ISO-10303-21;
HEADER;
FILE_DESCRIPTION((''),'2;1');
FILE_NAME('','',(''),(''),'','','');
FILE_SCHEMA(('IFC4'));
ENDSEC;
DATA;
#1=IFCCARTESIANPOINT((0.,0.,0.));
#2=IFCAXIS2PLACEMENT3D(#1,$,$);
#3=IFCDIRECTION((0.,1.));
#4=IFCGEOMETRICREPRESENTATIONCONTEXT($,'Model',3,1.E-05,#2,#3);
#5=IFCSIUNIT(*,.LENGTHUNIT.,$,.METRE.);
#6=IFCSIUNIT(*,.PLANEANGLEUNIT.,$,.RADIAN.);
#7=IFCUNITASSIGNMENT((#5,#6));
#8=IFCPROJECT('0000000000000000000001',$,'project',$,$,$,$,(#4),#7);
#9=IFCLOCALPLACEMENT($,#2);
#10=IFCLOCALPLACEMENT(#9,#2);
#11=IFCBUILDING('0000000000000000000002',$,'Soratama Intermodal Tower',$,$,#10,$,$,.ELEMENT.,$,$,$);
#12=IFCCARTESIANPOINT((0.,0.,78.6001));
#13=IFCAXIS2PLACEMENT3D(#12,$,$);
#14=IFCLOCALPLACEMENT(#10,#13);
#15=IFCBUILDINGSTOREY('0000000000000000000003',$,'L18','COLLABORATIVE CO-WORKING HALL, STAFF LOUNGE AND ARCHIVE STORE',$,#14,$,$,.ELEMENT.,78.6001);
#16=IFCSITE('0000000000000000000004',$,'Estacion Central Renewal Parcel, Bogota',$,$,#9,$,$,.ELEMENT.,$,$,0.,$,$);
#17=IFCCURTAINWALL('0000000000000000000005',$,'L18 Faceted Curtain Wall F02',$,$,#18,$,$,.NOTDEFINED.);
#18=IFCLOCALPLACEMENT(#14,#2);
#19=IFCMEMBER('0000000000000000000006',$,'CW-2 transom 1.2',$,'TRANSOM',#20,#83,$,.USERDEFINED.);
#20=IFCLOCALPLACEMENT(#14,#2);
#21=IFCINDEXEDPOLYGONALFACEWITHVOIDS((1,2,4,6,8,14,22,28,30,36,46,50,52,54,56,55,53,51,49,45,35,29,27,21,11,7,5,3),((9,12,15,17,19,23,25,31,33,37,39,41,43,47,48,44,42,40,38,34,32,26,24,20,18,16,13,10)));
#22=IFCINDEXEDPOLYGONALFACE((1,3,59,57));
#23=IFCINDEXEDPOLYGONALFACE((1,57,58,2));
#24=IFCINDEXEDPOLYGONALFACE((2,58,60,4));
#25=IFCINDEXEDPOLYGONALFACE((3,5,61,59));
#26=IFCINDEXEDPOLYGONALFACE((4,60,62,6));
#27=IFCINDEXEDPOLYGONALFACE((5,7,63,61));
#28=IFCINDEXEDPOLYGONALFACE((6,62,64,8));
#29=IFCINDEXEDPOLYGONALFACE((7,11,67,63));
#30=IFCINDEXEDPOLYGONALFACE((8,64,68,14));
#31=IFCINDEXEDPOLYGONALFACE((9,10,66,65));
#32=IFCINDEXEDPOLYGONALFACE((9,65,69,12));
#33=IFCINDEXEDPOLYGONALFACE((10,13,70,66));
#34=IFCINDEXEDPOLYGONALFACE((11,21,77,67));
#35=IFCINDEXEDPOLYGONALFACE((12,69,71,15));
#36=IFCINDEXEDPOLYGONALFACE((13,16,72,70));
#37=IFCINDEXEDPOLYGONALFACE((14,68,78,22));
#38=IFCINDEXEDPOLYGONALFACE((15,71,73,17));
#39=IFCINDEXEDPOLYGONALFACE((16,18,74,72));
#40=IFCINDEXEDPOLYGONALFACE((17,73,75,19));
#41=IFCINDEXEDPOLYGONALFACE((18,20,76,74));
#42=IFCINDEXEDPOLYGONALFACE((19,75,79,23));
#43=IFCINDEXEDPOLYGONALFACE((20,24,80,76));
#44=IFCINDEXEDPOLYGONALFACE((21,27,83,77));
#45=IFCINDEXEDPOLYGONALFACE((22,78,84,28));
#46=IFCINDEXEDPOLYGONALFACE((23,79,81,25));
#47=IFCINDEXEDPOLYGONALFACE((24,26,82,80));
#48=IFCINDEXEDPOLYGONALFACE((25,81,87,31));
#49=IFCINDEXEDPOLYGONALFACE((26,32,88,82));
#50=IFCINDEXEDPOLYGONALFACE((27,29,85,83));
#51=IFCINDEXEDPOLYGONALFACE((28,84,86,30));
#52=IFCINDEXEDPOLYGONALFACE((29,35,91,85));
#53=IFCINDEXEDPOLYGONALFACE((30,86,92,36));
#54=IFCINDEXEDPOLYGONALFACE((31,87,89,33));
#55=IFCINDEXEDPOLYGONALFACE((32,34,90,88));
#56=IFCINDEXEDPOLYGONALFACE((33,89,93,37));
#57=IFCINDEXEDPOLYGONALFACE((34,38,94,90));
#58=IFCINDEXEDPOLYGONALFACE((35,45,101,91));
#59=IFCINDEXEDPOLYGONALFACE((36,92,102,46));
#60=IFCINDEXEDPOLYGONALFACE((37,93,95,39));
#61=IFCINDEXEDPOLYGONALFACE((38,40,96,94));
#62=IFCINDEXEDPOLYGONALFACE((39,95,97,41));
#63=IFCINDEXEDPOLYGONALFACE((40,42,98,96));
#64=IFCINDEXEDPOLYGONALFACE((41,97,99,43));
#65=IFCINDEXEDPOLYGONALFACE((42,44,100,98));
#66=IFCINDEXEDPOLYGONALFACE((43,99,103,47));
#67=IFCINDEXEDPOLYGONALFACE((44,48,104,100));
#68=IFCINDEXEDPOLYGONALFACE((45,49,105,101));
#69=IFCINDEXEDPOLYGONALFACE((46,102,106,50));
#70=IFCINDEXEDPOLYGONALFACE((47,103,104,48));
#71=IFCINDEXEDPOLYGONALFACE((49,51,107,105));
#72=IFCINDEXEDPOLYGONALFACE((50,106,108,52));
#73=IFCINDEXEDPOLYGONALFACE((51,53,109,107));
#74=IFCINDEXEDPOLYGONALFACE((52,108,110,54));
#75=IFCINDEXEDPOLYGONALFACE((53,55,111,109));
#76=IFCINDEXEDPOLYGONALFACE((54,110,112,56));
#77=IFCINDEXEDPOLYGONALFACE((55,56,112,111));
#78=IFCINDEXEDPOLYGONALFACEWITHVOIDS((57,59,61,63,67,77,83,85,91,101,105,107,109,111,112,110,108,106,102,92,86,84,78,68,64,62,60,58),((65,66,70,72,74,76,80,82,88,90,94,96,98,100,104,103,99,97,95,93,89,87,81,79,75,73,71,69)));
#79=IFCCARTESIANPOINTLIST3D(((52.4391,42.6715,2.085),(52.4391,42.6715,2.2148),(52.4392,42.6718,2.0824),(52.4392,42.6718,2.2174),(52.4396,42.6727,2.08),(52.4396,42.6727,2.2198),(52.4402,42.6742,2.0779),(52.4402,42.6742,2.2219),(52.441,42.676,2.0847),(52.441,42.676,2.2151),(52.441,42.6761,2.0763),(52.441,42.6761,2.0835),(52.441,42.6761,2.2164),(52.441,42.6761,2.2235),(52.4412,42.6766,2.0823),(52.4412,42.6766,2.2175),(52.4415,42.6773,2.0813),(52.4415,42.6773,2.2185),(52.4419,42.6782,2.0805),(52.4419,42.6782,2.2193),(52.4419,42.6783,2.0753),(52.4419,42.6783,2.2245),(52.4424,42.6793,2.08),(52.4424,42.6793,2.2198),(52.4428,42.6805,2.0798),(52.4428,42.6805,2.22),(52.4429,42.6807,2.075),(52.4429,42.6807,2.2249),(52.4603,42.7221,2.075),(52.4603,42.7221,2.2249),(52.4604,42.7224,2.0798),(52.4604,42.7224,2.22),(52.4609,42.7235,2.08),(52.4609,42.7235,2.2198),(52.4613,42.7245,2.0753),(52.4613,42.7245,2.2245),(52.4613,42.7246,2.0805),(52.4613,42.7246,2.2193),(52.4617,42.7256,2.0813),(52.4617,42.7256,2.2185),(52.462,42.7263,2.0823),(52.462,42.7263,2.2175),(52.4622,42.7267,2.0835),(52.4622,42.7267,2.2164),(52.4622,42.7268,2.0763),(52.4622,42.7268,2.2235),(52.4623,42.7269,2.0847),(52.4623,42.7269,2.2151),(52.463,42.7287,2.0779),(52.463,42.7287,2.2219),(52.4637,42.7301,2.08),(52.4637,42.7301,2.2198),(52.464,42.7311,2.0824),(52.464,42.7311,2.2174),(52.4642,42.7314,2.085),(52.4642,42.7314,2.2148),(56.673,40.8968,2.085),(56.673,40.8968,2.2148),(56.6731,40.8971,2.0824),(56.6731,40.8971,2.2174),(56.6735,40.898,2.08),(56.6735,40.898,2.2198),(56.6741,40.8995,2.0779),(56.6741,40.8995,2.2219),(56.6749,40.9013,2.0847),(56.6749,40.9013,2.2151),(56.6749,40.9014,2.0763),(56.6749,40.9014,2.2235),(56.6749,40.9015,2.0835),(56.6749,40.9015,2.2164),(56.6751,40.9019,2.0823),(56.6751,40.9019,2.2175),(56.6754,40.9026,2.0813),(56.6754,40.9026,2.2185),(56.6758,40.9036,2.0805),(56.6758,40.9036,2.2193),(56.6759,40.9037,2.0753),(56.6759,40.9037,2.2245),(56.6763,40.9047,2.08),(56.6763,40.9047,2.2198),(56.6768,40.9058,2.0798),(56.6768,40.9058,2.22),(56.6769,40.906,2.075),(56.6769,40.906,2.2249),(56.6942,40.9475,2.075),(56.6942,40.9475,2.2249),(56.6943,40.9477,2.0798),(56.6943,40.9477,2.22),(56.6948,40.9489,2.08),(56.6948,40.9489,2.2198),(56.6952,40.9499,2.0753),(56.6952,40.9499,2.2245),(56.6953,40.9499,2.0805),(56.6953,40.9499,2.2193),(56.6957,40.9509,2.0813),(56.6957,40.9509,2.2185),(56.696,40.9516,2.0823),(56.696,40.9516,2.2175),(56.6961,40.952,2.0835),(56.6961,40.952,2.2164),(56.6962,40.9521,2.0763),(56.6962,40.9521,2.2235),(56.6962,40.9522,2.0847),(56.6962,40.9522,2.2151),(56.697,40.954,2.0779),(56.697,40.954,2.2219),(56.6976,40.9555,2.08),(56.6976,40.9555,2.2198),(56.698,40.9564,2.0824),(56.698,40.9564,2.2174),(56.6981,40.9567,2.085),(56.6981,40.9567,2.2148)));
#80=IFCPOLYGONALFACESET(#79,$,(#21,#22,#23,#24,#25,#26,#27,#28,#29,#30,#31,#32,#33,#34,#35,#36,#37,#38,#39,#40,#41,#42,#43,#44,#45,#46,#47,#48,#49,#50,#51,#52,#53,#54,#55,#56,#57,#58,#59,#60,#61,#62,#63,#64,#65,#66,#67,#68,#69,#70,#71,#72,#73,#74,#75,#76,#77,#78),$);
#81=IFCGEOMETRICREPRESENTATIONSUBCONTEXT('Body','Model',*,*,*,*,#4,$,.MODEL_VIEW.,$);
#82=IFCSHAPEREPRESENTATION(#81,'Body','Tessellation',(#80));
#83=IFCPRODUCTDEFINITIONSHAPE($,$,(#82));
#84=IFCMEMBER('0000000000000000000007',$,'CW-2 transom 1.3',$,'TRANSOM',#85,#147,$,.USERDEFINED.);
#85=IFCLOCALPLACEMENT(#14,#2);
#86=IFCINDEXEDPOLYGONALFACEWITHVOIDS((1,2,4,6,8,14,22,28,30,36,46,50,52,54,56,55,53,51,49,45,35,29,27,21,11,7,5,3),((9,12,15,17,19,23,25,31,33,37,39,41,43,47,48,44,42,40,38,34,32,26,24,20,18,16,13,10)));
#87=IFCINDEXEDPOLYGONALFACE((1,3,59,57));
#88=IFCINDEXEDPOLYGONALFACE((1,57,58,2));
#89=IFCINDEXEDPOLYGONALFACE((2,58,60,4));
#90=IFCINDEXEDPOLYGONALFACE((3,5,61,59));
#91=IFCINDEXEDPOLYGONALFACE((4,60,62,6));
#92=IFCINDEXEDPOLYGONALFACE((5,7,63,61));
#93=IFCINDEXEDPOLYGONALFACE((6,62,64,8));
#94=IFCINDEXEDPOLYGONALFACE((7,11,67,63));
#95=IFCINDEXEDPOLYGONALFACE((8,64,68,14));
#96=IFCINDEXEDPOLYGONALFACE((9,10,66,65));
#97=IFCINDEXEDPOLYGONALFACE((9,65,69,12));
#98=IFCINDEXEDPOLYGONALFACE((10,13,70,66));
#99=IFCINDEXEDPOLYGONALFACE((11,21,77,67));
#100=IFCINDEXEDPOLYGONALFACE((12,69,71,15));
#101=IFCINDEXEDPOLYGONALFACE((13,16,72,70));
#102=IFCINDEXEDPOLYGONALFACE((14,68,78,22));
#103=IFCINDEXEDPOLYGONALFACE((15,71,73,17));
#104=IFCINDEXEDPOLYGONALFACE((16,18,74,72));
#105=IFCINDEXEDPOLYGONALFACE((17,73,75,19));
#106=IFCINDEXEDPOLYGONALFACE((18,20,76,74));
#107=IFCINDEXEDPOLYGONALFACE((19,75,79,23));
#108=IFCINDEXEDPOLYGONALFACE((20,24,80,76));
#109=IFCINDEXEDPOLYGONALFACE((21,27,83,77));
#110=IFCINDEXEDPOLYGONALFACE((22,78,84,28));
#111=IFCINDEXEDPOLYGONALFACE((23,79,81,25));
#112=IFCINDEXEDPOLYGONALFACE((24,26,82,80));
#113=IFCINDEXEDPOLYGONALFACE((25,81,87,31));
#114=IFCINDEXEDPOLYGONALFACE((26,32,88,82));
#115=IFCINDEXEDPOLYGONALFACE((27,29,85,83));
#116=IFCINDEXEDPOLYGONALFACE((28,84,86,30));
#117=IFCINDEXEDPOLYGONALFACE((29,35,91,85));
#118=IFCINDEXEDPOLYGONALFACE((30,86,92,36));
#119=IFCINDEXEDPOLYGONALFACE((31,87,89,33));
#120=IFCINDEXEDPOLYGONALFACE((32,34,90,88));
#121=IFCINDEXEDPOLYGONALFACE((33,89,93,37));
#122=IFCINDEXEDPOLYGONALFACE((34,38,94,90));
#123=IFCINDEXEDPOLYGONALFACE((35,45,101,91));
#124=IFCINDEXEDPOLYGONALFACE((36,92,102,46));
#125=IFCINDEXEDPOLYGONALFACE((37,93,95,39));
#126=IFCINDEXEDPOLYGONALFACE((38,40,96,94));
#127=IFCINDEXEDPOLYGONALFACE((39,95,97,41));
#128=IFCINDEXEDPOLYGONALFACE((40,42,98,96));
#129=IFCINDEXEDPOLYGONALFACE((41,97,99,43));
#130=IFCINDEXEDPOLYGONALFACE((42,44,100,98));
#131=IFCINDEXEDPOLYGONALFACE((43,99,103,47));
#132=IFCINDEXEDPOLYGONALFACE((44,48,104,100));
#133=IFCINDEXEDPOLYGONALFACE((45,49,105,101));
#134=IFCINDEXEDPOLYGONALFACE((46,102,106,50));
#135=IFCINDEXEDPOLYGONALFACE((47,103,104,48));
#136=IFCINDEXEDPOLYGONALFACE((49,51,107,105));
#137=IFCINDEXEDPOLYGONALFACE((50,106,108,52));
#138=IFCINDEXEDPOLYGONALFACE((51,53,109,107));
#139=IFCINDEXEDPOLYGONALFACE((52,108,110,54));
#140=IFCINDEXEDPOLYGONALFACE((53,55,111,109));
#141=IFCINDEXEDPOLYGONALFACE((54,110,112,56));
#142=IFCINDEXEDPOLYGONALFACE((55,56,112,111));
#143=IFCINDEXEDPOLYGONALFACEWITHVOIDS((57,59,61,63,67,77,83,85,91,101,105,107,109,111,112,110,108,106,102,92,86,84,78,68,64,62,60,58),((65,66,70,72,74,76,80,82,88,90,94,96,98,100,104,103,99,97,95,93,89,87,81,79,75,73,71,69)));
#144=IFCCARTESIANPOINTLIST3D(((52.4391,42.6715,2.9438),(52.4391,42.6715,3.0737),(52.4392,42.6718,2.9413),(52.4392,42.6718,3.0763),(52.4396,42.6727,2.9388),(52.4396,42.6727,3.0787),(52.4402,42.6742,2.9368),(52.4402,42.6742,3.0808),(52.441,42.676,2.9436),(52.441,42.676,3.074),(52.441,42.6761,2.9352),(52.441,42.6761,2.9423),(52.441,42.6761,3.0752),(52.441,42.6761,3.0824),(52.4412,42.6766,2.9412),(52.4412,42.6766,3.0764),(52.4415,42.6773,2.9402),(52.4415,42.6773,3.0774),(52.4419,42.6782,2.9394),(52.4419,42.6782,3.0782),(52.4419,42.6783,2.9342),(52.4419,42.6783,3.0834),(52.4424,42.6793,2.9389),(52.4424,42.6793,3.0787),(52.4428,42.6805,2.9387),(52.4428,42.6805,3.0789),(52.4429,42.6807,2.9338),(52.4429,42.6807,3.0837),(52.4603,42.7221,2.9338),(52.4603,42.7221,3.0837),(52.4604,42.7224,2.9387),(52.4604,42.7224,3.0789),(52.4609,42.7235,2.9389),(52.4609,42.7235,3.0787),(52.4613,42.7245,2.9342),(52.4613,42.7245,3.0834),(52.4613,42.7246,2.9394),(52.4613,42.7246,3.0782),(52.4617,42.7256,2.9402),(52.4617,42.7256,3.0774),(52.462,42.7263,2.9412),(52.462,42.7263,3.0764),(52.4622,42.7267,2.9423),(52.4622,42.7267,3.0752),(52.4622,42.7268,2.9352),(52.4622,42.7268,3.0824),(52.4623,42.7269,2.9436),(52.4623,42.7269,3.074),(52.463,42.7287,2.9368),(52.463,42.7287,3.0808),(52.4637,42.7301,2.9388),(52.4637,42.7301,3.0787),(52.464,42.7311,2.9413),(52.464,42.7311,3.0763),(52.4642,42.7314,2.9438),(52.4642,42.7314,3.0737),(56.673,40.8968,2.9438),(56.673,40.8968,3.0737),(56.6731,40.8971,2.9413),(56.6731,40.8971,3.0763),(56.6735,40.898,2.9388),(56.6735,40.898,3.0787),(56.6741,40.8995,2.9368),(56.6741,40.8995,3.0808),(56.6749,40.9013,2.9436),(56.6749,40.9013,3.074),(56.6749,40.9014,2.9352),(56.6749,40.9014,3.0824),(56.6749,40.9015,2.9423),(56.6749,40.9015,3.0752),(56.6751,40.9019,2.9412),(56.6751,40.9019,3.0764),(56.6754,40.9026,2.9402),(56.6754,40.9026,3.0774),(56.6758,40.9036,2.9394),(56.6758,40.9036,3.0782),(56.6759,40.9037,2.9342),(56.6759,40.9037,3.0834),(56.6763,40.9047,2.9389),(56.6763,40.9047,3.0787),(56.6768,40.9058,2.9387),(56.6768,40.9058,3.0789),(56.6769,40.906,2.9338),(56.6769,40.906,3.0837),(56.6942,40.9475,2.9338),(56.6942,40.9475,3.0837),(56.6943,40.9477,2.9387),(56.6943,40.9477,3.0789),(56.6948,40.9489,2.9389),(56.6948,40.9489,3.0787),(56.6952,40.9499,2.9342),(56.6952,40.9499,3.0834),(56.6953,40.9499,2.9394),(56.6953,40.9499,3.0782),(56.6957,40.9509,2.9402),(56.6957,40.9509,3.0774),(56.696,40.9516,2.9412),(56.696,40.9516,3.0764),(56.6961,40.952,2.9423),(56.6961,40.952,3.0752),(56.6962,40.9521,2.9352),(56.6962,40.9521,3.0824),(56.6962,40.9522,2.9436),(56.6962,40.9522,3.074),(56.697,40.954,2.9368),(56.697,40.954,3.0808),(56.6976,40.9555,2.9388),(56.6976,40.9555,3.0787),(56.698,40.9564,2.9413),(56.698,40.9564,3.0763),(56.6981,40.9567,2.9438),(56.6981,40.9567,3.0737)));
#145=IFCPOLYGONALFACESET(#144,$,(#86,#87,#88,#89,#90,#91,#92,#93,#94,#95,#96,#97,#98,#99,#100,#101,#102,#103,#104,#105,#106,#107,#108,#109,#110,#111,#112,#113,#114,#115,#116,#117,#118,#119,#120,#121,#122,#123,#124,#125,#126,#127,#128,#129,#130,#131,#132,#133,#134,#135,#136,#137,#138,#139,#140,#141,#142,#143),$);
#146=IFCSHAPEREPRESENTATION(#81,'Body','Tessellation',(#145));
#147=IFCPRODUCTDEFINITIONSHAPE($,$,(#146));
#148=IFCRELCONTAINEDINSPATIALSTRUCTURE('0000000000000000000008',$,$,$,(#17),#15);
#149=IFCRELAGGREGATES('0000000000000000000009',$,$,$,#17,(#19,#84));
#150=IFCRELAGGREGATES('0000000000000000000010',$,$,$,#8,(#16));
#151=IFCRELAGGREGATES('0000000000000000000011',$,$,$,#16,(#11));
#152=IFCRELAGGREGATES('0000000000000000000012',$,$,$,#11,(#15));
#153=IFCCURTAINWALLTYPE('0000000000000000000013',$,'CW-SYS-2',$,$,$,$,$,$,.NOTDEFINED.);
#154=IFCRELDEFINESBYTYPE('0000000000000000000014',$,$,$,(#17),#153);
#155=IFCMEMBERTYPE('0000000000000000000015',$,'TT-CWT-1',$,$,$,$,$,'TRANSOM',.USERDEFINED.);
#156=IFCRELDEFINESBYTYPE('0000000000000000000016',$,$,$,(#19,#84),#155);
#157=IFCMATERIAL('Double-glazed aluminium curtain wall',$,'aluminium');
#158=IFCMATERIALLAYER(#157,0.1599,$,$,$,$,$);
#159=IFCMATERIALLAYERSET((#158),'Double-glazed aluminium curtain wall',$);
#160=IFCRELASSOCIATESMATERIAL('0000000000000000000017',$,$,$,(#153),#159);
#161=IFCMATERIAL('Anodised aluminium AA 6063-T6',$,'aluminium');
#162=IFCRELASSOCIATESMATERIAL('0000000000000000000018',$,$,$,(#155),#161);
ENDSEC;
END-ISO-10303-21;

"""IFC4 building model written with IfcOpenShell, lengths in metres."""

from ifc_helpers import new_model, si_unit, direction, frame, origin, origin_2d, place, context, subcontext, project, spatial, hollow_rectangle, extrude, material, layer, layer_set, material_profile, profile_set, type_object, element, aggregate, save


model = new_model("IFC4")

# Units and contexts
model_context = context("Model", 3, precision=1e-05, world=origin(), true_north=direction((0.0, 1.0)))
body_context = subcontext(model_context, "Body", "Model", "MODEL_VIEW")
ifc_project = project(units=[si_unit("LENGTHUNIT", "METRE"), si_unit("PLANEANGLEUNIT", "RADIAN")], contexts=[model_context])

# Site, building, storey
site_placement = place(None, origin())
site = spatial("IfcSite", under=ifc_project, at=site_placement, Name="Estacion Central Renewal Parcel, Bogota", CompositionType="ELEMENT", RefElevation=0.0)
building_placement = place(site_placement, origin())
building = spatial("IfcBuilding", under=site, at=building_placement, Name="Soratama Intermodal Tower", CompositionType="ELEMENT")
storey_placement = place(building_placement, frame((0.0, 0.0, 78.6001)))
storey = spatial("IfcBuildingStorey", under=building, at=storey_placement, Name="L18", Description="COLLABORATIVE CO-WORKING HALL, STAFF LOUNGE AND ARCHIVE STORE", CompositionType="ELEMENT", Elevation=78.6001)

# Shared definitions
ifc_material_1 = material(Name="Double-glazed aluminium curtain wall", Category="aluminium")
ifc_layer_1 = layer(ifc_material_1, 0.1599)
ifc_layer_set_1 = layer_set([ifc_layer_1], Name="Double-glazed aluminium curtain wall")
curtain_wall_type = type_object("IfcCurtainWallType", Name="CW-SYS-2", PredefinedType="NOTDEFINED", material=ifc_layer_set_1)

# Curtain wall, members
curtain_wall_1_placement = place(storey_placement, origin())
curtain_wall_1 = element("IfcCurtainWall", 1, at=curtain_wall_1_placement, inside=storey, type_object=curtain_wall_type, Name="L18 Faceted Curtain Wall F02", PredefinedType="NOTDEFINED")
ifc_material_2 = material(Name="Anodised aluminium AA 6063-T6", Category="aluminium")
ifc_material_profile_1 = material_profile(ifc_material_2, hollow_rectangle(XDim=0.0649, YDim=0.1499, WallThickness=0.0049, InnerFilletRadius=0.0049, OuterFilletRadius=0.01, at=origin_2d()), Name="CWT150X65X5")
ifc_profile_set_1 = profile_set([ifc_material_profile_1], Name="Anodised aluminium AA 6063-T6")
member_type_1 = type_object("IfcMemberType", Name="TT-CWT-1", ElementType="TRANSOM", PredefinedType="USERDEFINED", material=ifc_profile_set_1)
member_1_placement = place(storey_placement, frame((56.6855, 40.9268, 2.1499), z_axis=(-0.92226, 0.386571, 0.0), x_axis=(-0.386571, -0.92226, 0.0)))
member_1 = element("IfcMember", 2, at=member_1_placement, type_object=member_type_1, Name="CW-2 transom 1.2", ObjectType="TRANSOM", PredefinedType="USERDEFINED", context=body_context, shape_type="SweptSolid", body=[
    extrude(hollow_rectangle(XDim=0.0649, YDim=0.1499, WallThickness=0.0049, InnerFilletRadius=0.0049, OuterFilletRadius=0.01, at=origin_2d()), origin(), (0.0, 0.0, 1.0), 4.5908),
])
member_2_placement = place(storey_placement, frame((56.6855, 40.9268, 3.0088), z_axis=(-0.92226, 0.386571, 0.0), x_axis=(-0.386571, -0.92226, 0.0)))
member_2 = element("IfcMember", 3, at=member_2_placement, type_object=member_type_1, Name="CW-2 transom 1.3", ObjectType="TRANSOM", PredefinedType="USERDEFINED", context=body_context, shape_type="SweptSolid", body=[
    extrude(hollow_rectangle(XDim=0.0649, YDim=0.1499, WallThickness=0.0049, InnerFilletRadius=0.0049, OuterFilletRadius=0.01, at=origin_2d()), origin(), (0.0, 0.0, 1.0), 4.5908),
])

aggregate(curtain_wall_1, [member_1, member_2])

save(model, "model.ifc")
